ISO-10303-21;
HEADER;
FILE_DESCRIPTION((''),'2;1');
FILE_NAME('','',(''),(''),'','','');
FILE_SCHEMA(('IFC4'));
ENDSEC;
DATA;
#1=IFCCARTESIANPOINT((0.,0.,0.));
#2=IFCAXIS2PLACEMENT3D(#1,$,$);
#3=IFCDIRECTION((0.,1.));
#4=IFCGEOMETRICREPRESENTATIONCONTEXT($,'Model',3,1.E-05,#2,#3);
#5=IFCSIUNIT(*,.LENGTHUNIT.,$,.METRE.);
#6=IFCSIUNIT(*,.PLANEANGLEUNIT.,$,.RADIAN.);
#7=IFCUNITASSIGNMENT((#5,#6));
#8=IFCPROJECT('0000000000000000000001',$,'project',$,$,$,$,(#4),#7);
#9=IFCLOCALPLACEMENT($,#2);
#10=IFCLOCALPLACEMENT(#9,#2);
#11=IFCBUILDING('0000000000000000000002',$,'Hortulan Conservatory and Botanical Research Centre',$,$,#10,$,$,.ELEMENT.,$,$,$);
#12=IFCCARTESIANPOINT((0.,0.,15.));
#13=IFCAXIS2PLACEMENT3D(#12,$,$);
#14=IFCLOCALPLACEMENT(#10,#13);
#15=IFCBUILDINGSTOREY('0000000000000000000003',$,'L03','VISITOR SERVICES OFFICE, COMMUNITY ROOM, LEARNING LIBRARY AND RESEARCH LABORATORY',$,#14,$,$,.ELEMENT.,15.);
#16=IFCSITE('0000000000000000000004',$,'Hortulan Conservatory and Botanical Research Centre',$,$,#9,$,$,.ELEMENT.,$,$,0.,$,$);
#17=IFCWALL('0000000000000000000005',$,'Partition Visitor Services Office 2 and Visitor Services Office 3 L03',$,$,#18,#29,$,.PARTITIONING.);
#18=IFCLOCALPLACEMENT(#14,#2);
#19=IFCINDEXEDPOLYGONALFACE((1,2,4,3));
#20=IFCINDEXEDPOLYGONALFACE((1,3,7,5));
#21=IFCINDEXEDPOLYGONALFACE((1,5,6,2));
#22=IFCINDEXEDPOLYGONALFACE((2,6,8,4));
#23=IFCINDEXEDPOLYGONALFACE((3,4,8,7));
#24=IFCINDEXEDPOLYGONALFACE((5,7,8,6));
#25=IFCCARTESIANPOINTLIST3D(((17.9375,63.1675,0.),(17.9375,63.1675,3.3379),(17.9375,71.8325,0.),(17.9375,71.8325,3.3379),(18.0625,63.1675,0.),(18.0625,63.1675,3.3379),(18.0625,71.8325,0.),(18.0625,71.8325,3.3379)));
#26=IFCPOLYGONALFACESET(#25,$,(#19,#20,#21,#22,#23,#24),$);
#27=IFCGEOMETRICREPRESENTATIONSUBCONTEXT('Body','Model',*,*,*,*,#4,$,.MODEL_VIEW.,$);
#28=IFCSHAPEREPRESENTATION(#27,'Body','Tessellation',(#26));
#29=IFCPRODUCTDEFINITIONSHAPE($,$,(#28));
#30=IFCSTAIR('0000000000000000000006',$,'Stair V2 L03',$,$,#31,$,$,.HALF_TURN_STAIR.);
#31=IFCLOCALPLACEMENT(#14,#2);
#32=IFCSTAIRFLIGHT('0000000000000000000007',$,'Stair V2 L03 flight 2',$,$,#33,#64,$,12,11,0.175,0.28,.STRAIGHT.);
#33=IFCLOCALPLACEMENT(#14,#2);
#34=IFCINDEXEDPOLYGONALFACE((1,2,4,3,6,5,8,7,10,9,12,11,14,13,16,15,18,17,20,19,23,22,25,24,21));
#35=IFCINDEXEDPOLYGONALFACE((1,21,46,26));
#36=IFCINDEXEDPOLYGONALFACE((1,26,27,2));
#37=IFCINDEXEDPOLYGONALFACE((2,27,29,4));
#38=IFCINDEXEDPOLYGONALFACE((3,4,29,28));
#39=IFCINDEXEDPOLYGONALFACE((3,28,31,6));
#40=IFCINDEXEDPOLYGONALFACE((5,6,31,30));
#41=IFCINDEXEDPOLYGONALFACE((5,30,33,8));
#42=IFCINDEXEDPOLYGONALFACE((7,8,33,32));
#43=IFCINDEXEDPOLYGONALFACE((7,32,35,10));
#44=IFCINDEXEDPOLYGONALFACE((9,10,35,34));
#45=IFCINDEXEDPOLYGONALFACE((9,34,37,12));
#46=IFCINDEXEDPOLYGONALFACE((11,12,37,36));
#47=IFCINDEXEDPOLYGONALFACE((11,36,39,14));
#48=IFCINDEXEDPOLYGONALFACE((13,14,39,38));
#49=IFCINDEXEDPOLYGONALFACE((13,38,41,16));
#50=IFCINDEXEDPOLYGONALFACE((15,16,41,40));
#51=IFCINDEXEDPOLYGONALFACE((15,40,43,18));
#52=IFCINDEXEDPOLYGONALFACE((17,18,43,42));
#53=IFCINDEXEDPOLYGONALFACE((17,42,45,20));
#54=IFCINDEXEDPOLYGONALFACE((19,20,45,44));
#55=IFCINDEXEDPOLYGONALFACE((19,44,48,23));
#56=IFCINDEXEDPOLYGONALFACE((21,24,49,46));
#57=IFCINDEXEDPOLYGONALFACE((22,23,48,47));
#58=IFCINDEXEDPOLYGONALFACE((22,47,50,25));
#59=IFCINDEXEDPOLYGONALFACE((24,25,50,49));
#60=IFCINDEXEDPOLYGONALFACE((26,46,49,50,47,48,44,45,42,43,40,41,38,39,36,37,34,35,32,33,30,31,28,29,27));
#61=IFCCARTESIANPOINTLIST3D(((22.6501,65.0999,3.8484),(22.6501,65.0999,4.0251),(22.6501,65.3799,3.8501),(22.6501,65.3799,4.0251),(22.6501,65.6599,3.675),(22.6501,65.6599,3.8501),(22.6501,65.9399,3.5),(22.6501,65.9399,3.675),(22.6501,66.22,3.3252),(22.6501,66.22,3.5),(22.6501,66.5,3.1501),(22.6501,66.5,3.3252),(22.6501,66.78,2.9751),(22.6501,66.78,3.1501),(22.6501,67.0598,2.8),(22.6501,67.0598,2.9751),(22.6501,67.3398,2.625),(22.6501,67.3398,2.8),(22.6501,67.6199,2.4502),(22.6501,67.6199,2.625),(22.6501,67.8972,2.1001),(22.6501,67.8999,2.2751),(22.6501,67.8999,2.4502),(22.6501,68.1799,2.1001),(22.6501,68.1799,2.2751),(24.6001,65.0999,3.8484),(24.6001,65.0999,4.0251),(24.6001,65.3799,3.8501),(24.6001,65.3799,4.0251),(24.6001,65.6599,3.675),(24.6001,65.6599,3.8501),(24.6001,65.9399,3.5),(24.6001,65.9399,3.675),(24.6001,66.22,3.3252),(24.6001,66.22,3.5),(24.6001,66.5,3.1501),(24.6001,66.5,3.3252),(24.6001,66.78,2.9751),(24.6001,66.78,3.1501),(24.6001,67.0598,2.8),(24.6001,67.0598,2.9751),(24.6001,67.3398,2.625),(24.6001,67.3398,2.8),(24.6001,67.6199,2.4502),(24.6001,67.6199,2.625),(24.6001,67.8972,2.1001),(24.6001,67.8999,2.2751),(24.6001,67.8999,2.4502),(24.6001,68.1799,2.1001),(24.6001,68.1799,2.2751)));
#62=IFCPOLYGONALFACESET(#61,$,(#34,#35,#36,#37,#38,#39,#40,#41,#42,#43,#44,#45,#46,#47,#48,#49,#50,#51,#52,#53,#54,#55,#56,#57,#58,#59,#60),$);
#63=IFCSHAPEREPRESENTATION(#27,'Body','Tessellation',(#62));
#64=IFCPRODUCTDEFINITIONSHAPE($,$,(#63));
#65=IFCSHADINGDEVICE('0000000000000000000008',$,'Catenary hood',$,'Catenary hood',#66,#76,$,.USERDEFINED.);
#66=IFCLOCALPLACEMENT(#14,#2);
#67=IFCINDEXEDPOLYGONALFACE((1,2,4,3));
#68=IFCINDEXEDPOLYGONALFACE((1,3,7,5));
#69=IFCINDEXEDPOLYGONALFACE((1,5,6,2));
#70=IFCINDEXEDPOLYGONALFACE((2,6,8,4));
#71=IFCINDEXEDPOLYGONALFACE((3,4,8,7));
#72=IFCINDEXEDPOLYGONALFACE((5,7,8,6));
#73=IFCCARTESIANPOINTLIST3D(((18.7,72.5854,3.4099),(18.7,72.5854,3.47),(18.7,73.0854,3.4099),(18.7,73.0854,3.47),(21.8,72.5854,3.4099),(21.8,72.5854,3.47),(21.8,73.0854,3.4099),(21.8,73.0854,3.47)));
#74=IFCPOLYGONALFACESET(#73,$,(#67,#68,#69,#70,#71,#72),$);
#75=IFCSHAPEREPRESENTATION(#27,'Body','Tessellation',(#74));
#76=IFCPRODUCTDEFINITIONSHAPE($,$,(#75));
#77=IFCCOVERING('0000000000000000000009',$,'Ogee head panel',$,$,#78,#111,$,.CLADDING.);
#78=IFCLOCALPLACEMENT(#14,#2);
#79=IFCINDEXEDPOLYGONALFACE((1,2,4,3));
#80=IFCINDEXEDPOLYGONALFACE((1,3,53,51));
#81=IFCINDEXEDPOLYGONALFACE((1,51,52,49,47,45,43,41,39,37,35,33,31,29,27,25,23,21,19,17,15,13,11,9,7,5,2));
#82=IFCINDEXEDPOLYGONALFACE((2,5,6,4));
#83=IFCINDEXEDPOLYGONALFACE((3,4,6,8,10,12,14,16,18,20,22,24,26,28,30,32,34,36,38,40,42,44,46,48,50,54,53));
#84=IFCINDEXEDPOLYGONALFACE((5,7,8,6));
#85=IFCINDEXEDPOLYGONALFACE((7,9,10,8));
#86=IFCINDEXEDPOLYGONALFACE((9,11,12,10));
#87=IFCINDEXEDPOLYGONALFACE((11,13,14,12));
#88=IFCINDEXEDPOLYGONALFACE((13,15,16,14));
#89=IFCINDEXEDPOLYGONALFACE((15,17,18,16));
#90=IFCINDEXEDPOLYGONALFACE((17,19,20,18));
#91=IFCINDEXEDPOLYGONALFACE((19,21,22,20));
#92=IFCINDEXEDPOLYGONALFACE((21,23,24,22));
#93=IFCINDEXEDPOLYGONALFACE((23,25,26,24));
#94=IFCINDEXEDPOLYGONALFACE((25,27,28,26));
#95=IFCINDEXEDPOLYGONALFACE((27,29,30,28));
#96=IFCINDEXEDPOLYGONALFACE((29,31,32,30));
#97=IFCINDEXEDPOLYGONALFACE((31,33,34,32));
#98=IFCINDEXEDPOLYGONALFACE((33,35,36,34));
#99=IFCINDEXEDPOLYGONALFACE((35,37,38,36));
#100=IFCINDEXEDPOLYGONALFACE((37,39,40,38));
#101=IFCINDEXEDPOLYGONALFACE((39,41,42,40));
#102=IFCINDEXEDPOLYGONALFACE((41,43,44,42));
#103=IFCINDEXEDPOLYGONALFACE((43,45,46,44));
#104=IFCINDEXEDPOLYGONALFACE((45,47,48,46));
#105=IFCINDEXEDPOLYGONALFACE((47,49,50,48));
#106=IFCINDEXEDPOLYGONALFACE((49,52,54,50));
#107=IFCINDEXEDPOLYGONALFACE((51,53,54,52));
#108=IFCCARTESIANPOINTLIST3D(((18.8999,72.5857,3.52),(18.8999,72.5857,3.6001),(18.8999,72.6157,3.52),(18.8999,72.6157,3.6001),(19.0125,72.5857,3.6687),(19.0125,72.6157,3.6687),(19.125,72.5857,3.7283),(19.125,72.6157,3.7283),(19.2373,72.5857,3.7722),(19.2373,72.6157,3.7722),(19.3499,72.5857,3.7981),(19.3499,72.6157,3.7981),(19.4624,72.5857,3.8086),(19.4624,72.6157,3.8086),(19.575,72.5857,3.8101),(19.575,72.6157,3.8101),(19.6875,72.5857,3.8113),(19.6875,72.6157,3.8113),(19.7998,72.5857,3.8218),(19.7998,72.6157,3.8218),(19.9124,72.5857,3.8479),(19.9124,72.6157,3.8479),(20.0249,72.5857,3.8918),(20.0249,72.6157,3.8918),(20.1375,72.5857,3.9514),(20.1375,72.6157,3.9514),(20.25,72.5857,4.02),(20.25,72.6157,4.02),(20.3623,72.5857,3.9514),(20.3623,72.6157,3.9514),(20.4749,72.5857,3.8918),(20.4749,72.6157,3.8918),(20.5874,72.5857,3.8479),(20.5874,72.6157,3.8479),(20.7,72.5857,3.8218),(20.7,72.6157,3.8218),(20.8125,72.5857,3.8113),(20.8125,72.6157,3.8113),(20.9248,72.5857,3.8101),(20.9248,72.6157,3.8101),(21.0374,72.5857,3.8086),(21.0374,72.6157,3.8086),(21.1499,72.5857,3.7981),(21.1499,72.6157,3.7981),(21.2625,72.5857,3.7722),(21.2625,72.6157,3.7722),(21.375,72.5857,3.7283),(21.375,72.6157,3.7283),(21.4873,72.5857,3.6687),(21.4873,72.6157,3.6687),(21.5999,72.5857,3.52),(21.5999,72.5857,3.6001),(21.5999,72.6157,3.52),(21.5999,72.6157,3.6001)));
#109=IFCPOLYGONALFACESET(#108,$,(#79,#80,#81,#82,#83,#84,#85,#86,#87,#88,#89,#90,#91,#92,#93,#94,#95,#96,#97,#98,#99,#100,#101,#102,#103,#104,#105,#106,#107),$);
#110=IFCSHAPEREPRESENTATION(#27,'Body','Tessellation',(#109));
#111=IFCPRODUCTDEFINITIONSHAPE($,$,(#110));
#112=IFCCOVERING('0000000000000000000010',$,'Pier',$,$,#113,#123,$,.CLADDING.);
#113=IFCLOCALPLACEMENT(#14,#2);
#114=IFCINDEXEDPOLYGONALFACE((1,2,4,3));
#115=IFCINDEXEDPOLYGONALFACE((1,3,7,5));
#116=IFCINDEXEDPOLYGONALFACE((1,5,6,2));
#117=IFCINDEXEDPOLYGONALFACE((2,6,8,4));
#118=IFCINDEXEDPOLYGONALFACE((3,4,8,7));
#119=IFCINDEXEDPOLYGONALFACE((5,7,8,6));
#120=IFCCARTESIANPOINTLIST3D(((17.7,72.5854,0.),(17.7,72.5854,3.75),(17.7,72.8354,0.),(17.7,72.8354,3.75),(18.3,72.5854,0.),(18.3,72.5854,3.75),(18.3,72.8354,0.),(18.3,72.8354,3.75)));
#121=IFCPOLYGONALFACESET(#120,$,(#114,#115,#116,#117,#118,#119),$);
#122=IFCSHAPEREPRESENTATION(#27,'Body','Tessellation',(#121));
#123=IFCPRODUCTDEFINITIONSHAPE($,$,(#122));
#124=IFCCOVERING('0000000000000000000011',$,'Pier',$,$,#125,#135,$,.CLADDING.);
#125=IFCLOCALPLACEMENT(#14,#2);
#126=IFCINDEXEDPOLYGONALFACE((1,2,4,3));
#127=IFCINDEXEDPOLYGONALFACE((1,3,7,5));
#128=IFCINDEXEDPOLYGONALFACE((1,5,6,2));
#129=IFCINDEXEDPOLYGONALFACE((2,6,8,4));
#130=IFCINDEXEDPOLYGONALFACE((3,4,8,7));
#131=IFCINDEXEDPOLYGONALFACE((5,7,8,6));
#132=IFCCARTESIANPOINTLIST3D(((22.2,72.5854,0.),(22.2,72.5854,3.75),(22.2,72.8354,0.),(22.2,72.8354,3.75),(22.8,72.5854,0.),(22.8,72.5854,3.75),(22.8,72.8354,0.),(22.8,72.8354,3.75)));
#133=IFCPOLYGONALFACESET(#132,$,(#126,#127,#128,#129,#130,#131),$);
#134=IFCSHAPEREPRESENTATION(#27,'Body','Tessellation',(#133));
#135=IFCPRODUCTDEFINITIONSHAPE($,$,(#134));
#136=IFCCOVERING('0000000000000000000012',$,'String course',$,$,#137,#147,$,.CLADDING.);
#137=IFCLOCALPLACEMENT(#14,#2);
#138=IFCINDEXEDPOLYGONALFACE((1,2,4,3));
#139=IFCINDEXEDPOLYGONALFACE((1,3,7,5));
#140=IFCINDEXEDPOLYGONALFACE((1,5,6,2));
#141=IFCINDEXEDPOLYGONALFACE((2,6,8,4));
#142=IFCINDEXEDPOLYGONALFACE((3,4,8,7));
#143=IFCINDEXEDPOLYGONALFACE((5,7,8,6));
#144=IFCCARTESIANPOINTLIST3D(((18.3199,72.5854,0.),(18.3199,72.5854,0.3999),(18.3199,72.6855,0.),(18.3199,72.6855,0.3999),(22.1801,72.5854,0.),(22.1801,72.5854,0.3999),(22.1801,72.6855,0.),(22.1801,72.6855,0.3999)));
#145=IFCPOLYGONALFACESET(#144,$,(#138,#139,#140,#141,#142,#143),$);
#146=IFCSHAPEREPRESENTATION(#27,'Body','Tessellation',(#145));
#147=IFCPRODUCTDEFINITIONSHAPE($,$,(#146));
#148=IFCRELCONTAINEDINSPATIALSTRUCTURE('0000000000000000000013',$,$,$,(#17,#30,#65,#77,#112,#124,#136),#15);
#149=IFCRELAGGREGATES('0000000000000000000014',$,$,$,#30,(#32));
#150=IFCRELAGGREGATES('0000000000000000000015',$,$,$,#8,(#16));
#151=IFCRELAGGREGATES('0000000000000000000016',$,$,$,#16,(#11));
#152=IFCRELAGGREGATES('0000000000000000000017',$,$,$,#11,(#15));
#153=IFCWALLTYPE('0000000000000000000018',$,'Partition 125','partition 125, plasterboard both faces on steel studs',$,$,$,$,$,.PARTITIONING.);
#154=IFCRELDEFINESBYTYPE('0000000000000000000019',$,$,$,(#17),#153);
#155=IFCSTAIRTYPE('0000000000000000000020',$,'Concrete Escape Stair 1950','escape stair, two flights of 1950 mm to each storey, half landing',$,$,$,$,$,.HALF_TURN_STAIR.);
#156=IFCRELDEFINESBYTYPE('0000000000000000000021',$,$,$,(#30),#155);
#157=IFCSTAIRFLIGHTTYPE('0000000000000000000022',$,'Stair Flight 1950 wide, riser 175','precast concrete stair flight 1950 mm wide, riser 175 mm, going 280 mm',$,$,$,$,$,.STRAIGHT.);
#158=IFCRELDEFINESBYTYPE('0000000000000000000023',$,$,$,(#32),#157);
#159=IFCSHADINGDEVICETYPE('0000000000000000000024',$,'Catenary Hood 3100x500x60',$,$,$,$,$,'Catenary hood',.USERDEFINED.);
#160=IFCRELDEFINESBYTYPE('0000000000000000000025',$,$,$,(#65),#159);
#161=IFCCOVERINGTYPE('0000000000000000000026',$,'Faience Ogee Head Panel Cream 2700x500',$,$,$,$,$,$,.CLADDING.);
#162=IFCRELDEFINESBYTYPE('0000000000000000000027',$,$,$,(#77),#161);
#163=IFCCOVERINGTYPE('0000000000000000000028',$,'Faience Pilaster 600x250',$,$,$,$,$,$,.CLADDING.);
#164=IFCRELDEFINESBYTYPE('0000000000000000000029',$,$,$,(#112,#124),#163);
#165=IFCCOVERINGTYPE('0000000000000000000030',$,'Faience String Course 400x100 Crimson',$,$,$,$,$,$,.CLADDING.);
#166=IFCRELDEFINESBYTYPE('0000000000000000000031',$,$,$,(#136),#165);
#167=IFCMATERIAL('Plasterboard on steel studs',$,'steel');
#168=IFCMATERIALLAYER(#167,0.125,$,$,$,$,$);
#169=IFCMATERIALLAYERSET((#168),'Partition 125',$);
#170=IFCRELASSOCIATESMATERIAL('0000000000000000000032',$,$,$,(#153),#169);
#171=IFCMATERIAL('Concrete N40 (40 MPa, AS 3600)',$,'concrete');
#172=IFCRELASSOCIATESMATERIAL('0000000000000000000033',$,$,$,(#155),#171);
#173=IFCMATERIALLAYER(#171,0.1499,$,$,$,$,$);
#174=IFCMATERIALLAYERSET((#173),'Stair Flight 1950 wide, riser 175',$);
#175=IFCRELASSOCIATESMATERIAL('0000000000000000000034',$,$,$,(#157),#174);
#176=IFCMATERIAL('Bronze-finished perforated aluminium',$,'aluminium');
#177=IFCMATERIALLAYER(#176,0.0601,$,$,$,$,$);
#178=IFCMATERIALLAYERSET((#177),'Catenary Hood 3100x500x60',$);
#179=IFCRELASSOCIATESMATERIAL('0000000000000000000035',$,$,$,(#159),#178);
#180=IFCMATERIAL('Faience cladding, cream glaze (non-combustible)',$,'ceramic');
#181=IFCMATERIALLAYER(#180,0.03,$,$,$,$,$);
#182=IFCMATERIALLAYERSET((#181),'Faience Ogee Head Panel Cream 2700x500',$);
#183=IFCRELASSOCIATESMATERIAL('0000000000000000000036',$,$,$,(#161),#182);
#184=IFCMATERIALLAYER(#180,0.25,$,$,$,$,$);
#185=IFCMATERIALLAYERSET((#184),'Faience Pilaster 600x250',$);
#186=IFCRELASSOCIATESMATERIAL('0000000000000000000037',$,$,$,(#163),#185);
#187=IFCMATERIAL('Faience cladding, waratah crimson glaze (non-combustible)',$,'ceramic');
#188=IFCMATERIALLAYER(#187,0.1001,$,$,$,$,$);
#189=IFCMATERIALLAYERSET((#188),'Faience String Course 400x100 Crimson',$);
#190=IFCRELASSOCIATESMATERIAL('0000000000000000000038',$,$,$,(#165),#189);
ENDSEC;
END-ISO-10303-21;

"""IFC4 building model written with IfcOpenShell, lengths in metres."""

from ifc_helpers import new_model, si_unit, direction, frame, frame_2d, origin, origin_2d, place, context, subcontext, project, spatial, polyline, rectangle, outline, extrude, material, layer, layer_set, type_object, element, aggregate, save


model = new_model("IFC4")

# Units and contexts
model_context = context("Model", 3, precision=1e-05, world=origin(), true_north=direction((0.0, 1.0)))
body_context = subcontext(model_context, "Body", "Model", "MODEL_VIEW")
ifc_project = project(units=[si_unit("LENGTHUNIT", "METRE"), si_unit("PLANEANGLEUNIT", "RADIAN")], contexts=[model_context])

# Site, building, storey
site_placement = place(None, origin())
site = spatial("IfcSite", under=ifc_project, at=site_placement, Name="Hortulan Conservatory and Botanical Research Centre", CompositionType="ELEMENT", RefElevation=0.0)
building_placement = place(site_placement, origin())
building = spatial("IfcBuilding", under=site, at=building_placement, Name="Hortulan Conservatory and Botanical Research Centre", CompositionType="ELEMENT")
storey_placement = place(building_placement, frame((0.0, 0.0, 15.0)))
storey = spatial("IfcBuildingStorey", under=building, at=storey_placement, Name="L03", Description="VISITOR SERVICES OFFICE, COMMUNITY ROOM, LEARNING LIBRARY AND RESEARCH LABORATORY", CompositionType="ELEMENT", Elevation=15.0)

# Shared definitions
ifc_material_1 = material(Name="Concrete N40 (40 MPa, AS 3600)", Category="concrete")

# Wall
ifc_material_2 = material(Name="Plasterboard on steel studs", Category="steel")
ifc_layer_1 = layer(ifc_material_2, 0.125)
ifc_layer_set_1 = layer_set([ifc_layer_1], Name="Partition 125")
wall_type_1 = type_object("IfcWallType", Name="Partition 125", Description="partition 125, plasterboard both faces on steel studs", PredefinedType="PARTITIONING", material=ifc_layer_set_1)
wall_1_placement = place(storey_placement, frame((18.0, 63.1675, 0.0), z_axis=(0.0, 0.0, 1.0), x_axis=(0.0, 1.0, 0.0)))
element("IfcWall", 1, at=wall_1_placement, inside=storey, type_object=wall_type_1, Name="Partition Visitor Services Office 2 and Visitor Services Office 3 L03", PredefinedType="PARTITIONING", context=body_context, shape_type="SweptSolid", body=[
    extrude(rectangle(XDim=8.665, YDim=0.125, at=frame_2d((4.3325, 0.0))), origin(), (0.0, 0.0, 1.0), 3.3379),
])

# Stair, stair flight
stair_type = type_object("IfcStairType", Name="Concrete Escape Stair 1950", Description="escape stair, two flights of 1950 mm to each storey, half landing", PredefinedType="HALF_TURN_STAIR", material=ifc_material_1)
stair_placement = place(storey_placement, origin())
stair = element("IfcStair", 2, at=stair_placement, inside=storey, type_object=stair_type, Name="Stair V2 L03", PredefinedType="HALF_TURN_STAIR")
ifc_layer_2 = layer(ifc_material_1, 0.1499)
ifc_layer_set_2 = layer_set([ifc_layer_2], Name="Stair Flight 1950 wide, riser 175")
stair_flight_type = type_object("IfcStairFlightType", Name="Stair Flight 1950 wide, riser 175", Description="precast concrete stair flight 1950 mm wide, riser 175 mm, going 280 mm", PredefinedType="STRAIGHT", material=ifc_layer_set_2)
stair_flight_placement = place(storey_placement, frame((23.625, 68.1799, 2.1001), z_axis=(0.0, 0.0, 1.0), x_axis=(0.0, -1.0, 0.0)))
stair_flight = element("IfcStairFlight", 3, at=stair_flight_placement, type_object=stair_flight_type, Name="Stair V2 L03 flight 2", NumberOfRisers=12, NumberOfTreads=11, PredefinedType="STRAIGHT", RiserHeight=0.175, TreadLength=0.28, context=body_context, shape_type="SweptSolid", body=[
    extrude(outline(polyline([(0.0, 0.0), (0.0, 0.175), (0.28, 0.175), (0.28, 0.3501), (0.5601, 0.3501), (0.5601, 0.5249), (0.8401, 0.5249), (0.8401, 0.7), (1.1201, 0.7), (1.1201, 0.875), (1.3999, 0.875), (1.3999, 1.05), (1.6799, 1.05), (1.6799, 1.2251), (1.96, 1.2251), (1.96, 1.3999), (2.24, 1.3999), (2.24, 1.575), (2.52, 1.575), (2.52, 1.75), (2.8, 1.75), (2.8, 1.925), (3.0801, 1.925), (3.0801, 2.1001), (3.0801, 1.7483), (0.2827, 0.0), (0.0, 0.0)])), frame((0.0, 0.9751, 0.0), z_axis=(0.0, -1.0, 0.0), x_axis=(1.0, 0.0, 0.0)), (0.0, 0.0, 1.0), 1.95),
])
aggregate(stair, [stair_flight])

# Shading device
ifc_material_3 = material(Name="Bronze-finished perforated aluminium", Category="aluminium")
ifc_layer_3 = layer(ifc_material_3, 0.0601)
ifc_layer_set_3 = layer_set([ifc_layer_3], Name="Catenary Hood 3100x500x60")
shading_device_type = type_object("IfcShadingDeviceType", Name="Catenary Hood 3100x500x60", ElementType="Catenary hood", PredefinedType="USERDEFINED", material=ifc_layer_set_3)
shading_device_placement = place(storey_placement, frame((20.25, 72.8354, 3.4099), z_axis=(0.0, 0.0, 1.0), x_axis=(1.0, 0.0, 0.0)))
element("IfcShadingDevice", 4, at=shading_device_placement, inside=storey, type_object=shading_device_type, Name="Catenary hood", ObjectType="Catenary hood", PredefinedType="USERDEFINED", context=body_context, shape_type="SweptSolid", body=[
    extrude(rectangle(XDim=3.1001, YDim=0.5, at=origin_2d()), origin(), (0.0, 0.0, 1.0), 0.0601),
])

# Coverings
ifc_material_4 = material(Name="Faience cladding, cream glaze (non-combustible)", Category="ceramic")
ifc_layer_4 = layer(ifc_material_4, 0.03)
ifc_layer_set_4 = layer_set([ifc_layer_4], Name="Faience Ogee Head Panel Cream 2700x500")
covering_type_1 = type_object("IfcCoveringType", Name="Faience Ogee Head Panel Cream 2700x500", PredefinedType="CLADDING", material=ifc_layer_set_4)
covering_1_placement = place(storey_placement, frame((18.8999, 72.6006, 3.52), z_axis=(0.0, 0.0, 1.0), x_axis=(1.0, 0.0, 0.0)))
element("IfcCovering", 5, at=covering_1_placement, inside=storey, type_object=covering_type_1, Name="Ogee head panel", PredefinedType="CLADDING", context=body_context, shape_type="SweptSolid", body=[
    extrude(outline(polyline([(0.0, 0.0), (2.7, 0.0), (2.7, 0.0801), (2.5874, 0.1487), (2.4751, 0.2083), (2.3625, 0.2522), (2.25, 0.2781), (2.1375, 0.2886), (2.0249, 0.29), (1.9126, 0.2913), (1.8, 0.3018), (1.6875, 0.3279), (1.575, 0.3718), (1.4624, 0.4314), (1.3501, 0.5), (1.2375, 0.4314), (1.125, 0.3718), (1.0125, 0.3279), (0.8999, 0.3018), (0.7876, 0.2913), (0.675, 0.29), (0.5625, 0.2886), (0.45, 0.2781), (0.3374, 0.2522), (0.2251, 0.2083), (0.1125, 0.1487), (0.0, 0.0801), (0.0, 0.0)])), frame((0.0, 0.0151, 0.0), z_axis=(0.0, -1.0, 0.0), x_axis=(1.0, 0.0, 0.0)), (0.0, 0.0, 1.0), 0.03),
])
ifc_layer_5 = layer(ifc_material_4, 0.25)
ifc_layer_set_5 = layer_set([ifc_layer_5], Name="Faience Pilaster 600x250")
covering_type_2 = type_object("IfcCoveringType", Name="Faience Pilaster 600x250", PredefinedType="CLADDING", material=ifc_layer_set_5)
for number, where, z_axis, x_axis, name in (
    (6, (18.0, 72.7104, 0.0), (0.0, 0.0, 1.0), (1.0, 0.0, 0.0), "Pier"),
    (7, (22.5, 72.7104, 0.0), (0.0, 0.0, 1.0), (1.0, 0.0, 0.0), "Pier"),
):
    element("IfcCovering", number, at=place(storey_placement, frame(where, z_axis=z_axis, x_axis=x_axis)), inside=storey, type_object=covering_type_2, Name=name, PredefinedType="CLADDING", context=body_context, shape_type="SweptSolid", body=[
        extrude(rectangle(XDim=0.6001, YDim=0.25, at=origin_2d()), origin(), (0.0, 0.0, 1.0), 3.75),
    ])
ifc_material_5 = material(Name="Faience cladding, waratah crimson glaze (non-combustible)", Category="ceramic")
ifc_layer_6 = layer(ifc_material_5, 0.1001)
ifc_layer_set_6 = layer_set([ifc_layer_6], Name="Faience String Course 400x100 Crimson")
covering_type_3 = type_object("IfcCoveringType", Name="Faience String Course 400x100 Crimson", PredefinedType="CLADDING", material=ifc_layer_set_6)
covering_2_placement = place(storey_placement, frame((20.25, 72.6355, 0.0), z_axis=(0.0, 0.0, 1.0), x_axis=(1.0, 0.0, 0.0)))
element("IfcCovering", 8, at=covering_2_placement, inside=storey, type_object=covering_type_3, Name="String course", PredefinedType="CLADDING", context=body_context, shape_type="SweptSolid", body=[
    extrude(rectangle(XDim=3.8601, YDim=0.1001, at=origin_2d()), origin(), (0.0, 0.0, 1.0), 0.3999),
])

save(model, "model.ifc")
